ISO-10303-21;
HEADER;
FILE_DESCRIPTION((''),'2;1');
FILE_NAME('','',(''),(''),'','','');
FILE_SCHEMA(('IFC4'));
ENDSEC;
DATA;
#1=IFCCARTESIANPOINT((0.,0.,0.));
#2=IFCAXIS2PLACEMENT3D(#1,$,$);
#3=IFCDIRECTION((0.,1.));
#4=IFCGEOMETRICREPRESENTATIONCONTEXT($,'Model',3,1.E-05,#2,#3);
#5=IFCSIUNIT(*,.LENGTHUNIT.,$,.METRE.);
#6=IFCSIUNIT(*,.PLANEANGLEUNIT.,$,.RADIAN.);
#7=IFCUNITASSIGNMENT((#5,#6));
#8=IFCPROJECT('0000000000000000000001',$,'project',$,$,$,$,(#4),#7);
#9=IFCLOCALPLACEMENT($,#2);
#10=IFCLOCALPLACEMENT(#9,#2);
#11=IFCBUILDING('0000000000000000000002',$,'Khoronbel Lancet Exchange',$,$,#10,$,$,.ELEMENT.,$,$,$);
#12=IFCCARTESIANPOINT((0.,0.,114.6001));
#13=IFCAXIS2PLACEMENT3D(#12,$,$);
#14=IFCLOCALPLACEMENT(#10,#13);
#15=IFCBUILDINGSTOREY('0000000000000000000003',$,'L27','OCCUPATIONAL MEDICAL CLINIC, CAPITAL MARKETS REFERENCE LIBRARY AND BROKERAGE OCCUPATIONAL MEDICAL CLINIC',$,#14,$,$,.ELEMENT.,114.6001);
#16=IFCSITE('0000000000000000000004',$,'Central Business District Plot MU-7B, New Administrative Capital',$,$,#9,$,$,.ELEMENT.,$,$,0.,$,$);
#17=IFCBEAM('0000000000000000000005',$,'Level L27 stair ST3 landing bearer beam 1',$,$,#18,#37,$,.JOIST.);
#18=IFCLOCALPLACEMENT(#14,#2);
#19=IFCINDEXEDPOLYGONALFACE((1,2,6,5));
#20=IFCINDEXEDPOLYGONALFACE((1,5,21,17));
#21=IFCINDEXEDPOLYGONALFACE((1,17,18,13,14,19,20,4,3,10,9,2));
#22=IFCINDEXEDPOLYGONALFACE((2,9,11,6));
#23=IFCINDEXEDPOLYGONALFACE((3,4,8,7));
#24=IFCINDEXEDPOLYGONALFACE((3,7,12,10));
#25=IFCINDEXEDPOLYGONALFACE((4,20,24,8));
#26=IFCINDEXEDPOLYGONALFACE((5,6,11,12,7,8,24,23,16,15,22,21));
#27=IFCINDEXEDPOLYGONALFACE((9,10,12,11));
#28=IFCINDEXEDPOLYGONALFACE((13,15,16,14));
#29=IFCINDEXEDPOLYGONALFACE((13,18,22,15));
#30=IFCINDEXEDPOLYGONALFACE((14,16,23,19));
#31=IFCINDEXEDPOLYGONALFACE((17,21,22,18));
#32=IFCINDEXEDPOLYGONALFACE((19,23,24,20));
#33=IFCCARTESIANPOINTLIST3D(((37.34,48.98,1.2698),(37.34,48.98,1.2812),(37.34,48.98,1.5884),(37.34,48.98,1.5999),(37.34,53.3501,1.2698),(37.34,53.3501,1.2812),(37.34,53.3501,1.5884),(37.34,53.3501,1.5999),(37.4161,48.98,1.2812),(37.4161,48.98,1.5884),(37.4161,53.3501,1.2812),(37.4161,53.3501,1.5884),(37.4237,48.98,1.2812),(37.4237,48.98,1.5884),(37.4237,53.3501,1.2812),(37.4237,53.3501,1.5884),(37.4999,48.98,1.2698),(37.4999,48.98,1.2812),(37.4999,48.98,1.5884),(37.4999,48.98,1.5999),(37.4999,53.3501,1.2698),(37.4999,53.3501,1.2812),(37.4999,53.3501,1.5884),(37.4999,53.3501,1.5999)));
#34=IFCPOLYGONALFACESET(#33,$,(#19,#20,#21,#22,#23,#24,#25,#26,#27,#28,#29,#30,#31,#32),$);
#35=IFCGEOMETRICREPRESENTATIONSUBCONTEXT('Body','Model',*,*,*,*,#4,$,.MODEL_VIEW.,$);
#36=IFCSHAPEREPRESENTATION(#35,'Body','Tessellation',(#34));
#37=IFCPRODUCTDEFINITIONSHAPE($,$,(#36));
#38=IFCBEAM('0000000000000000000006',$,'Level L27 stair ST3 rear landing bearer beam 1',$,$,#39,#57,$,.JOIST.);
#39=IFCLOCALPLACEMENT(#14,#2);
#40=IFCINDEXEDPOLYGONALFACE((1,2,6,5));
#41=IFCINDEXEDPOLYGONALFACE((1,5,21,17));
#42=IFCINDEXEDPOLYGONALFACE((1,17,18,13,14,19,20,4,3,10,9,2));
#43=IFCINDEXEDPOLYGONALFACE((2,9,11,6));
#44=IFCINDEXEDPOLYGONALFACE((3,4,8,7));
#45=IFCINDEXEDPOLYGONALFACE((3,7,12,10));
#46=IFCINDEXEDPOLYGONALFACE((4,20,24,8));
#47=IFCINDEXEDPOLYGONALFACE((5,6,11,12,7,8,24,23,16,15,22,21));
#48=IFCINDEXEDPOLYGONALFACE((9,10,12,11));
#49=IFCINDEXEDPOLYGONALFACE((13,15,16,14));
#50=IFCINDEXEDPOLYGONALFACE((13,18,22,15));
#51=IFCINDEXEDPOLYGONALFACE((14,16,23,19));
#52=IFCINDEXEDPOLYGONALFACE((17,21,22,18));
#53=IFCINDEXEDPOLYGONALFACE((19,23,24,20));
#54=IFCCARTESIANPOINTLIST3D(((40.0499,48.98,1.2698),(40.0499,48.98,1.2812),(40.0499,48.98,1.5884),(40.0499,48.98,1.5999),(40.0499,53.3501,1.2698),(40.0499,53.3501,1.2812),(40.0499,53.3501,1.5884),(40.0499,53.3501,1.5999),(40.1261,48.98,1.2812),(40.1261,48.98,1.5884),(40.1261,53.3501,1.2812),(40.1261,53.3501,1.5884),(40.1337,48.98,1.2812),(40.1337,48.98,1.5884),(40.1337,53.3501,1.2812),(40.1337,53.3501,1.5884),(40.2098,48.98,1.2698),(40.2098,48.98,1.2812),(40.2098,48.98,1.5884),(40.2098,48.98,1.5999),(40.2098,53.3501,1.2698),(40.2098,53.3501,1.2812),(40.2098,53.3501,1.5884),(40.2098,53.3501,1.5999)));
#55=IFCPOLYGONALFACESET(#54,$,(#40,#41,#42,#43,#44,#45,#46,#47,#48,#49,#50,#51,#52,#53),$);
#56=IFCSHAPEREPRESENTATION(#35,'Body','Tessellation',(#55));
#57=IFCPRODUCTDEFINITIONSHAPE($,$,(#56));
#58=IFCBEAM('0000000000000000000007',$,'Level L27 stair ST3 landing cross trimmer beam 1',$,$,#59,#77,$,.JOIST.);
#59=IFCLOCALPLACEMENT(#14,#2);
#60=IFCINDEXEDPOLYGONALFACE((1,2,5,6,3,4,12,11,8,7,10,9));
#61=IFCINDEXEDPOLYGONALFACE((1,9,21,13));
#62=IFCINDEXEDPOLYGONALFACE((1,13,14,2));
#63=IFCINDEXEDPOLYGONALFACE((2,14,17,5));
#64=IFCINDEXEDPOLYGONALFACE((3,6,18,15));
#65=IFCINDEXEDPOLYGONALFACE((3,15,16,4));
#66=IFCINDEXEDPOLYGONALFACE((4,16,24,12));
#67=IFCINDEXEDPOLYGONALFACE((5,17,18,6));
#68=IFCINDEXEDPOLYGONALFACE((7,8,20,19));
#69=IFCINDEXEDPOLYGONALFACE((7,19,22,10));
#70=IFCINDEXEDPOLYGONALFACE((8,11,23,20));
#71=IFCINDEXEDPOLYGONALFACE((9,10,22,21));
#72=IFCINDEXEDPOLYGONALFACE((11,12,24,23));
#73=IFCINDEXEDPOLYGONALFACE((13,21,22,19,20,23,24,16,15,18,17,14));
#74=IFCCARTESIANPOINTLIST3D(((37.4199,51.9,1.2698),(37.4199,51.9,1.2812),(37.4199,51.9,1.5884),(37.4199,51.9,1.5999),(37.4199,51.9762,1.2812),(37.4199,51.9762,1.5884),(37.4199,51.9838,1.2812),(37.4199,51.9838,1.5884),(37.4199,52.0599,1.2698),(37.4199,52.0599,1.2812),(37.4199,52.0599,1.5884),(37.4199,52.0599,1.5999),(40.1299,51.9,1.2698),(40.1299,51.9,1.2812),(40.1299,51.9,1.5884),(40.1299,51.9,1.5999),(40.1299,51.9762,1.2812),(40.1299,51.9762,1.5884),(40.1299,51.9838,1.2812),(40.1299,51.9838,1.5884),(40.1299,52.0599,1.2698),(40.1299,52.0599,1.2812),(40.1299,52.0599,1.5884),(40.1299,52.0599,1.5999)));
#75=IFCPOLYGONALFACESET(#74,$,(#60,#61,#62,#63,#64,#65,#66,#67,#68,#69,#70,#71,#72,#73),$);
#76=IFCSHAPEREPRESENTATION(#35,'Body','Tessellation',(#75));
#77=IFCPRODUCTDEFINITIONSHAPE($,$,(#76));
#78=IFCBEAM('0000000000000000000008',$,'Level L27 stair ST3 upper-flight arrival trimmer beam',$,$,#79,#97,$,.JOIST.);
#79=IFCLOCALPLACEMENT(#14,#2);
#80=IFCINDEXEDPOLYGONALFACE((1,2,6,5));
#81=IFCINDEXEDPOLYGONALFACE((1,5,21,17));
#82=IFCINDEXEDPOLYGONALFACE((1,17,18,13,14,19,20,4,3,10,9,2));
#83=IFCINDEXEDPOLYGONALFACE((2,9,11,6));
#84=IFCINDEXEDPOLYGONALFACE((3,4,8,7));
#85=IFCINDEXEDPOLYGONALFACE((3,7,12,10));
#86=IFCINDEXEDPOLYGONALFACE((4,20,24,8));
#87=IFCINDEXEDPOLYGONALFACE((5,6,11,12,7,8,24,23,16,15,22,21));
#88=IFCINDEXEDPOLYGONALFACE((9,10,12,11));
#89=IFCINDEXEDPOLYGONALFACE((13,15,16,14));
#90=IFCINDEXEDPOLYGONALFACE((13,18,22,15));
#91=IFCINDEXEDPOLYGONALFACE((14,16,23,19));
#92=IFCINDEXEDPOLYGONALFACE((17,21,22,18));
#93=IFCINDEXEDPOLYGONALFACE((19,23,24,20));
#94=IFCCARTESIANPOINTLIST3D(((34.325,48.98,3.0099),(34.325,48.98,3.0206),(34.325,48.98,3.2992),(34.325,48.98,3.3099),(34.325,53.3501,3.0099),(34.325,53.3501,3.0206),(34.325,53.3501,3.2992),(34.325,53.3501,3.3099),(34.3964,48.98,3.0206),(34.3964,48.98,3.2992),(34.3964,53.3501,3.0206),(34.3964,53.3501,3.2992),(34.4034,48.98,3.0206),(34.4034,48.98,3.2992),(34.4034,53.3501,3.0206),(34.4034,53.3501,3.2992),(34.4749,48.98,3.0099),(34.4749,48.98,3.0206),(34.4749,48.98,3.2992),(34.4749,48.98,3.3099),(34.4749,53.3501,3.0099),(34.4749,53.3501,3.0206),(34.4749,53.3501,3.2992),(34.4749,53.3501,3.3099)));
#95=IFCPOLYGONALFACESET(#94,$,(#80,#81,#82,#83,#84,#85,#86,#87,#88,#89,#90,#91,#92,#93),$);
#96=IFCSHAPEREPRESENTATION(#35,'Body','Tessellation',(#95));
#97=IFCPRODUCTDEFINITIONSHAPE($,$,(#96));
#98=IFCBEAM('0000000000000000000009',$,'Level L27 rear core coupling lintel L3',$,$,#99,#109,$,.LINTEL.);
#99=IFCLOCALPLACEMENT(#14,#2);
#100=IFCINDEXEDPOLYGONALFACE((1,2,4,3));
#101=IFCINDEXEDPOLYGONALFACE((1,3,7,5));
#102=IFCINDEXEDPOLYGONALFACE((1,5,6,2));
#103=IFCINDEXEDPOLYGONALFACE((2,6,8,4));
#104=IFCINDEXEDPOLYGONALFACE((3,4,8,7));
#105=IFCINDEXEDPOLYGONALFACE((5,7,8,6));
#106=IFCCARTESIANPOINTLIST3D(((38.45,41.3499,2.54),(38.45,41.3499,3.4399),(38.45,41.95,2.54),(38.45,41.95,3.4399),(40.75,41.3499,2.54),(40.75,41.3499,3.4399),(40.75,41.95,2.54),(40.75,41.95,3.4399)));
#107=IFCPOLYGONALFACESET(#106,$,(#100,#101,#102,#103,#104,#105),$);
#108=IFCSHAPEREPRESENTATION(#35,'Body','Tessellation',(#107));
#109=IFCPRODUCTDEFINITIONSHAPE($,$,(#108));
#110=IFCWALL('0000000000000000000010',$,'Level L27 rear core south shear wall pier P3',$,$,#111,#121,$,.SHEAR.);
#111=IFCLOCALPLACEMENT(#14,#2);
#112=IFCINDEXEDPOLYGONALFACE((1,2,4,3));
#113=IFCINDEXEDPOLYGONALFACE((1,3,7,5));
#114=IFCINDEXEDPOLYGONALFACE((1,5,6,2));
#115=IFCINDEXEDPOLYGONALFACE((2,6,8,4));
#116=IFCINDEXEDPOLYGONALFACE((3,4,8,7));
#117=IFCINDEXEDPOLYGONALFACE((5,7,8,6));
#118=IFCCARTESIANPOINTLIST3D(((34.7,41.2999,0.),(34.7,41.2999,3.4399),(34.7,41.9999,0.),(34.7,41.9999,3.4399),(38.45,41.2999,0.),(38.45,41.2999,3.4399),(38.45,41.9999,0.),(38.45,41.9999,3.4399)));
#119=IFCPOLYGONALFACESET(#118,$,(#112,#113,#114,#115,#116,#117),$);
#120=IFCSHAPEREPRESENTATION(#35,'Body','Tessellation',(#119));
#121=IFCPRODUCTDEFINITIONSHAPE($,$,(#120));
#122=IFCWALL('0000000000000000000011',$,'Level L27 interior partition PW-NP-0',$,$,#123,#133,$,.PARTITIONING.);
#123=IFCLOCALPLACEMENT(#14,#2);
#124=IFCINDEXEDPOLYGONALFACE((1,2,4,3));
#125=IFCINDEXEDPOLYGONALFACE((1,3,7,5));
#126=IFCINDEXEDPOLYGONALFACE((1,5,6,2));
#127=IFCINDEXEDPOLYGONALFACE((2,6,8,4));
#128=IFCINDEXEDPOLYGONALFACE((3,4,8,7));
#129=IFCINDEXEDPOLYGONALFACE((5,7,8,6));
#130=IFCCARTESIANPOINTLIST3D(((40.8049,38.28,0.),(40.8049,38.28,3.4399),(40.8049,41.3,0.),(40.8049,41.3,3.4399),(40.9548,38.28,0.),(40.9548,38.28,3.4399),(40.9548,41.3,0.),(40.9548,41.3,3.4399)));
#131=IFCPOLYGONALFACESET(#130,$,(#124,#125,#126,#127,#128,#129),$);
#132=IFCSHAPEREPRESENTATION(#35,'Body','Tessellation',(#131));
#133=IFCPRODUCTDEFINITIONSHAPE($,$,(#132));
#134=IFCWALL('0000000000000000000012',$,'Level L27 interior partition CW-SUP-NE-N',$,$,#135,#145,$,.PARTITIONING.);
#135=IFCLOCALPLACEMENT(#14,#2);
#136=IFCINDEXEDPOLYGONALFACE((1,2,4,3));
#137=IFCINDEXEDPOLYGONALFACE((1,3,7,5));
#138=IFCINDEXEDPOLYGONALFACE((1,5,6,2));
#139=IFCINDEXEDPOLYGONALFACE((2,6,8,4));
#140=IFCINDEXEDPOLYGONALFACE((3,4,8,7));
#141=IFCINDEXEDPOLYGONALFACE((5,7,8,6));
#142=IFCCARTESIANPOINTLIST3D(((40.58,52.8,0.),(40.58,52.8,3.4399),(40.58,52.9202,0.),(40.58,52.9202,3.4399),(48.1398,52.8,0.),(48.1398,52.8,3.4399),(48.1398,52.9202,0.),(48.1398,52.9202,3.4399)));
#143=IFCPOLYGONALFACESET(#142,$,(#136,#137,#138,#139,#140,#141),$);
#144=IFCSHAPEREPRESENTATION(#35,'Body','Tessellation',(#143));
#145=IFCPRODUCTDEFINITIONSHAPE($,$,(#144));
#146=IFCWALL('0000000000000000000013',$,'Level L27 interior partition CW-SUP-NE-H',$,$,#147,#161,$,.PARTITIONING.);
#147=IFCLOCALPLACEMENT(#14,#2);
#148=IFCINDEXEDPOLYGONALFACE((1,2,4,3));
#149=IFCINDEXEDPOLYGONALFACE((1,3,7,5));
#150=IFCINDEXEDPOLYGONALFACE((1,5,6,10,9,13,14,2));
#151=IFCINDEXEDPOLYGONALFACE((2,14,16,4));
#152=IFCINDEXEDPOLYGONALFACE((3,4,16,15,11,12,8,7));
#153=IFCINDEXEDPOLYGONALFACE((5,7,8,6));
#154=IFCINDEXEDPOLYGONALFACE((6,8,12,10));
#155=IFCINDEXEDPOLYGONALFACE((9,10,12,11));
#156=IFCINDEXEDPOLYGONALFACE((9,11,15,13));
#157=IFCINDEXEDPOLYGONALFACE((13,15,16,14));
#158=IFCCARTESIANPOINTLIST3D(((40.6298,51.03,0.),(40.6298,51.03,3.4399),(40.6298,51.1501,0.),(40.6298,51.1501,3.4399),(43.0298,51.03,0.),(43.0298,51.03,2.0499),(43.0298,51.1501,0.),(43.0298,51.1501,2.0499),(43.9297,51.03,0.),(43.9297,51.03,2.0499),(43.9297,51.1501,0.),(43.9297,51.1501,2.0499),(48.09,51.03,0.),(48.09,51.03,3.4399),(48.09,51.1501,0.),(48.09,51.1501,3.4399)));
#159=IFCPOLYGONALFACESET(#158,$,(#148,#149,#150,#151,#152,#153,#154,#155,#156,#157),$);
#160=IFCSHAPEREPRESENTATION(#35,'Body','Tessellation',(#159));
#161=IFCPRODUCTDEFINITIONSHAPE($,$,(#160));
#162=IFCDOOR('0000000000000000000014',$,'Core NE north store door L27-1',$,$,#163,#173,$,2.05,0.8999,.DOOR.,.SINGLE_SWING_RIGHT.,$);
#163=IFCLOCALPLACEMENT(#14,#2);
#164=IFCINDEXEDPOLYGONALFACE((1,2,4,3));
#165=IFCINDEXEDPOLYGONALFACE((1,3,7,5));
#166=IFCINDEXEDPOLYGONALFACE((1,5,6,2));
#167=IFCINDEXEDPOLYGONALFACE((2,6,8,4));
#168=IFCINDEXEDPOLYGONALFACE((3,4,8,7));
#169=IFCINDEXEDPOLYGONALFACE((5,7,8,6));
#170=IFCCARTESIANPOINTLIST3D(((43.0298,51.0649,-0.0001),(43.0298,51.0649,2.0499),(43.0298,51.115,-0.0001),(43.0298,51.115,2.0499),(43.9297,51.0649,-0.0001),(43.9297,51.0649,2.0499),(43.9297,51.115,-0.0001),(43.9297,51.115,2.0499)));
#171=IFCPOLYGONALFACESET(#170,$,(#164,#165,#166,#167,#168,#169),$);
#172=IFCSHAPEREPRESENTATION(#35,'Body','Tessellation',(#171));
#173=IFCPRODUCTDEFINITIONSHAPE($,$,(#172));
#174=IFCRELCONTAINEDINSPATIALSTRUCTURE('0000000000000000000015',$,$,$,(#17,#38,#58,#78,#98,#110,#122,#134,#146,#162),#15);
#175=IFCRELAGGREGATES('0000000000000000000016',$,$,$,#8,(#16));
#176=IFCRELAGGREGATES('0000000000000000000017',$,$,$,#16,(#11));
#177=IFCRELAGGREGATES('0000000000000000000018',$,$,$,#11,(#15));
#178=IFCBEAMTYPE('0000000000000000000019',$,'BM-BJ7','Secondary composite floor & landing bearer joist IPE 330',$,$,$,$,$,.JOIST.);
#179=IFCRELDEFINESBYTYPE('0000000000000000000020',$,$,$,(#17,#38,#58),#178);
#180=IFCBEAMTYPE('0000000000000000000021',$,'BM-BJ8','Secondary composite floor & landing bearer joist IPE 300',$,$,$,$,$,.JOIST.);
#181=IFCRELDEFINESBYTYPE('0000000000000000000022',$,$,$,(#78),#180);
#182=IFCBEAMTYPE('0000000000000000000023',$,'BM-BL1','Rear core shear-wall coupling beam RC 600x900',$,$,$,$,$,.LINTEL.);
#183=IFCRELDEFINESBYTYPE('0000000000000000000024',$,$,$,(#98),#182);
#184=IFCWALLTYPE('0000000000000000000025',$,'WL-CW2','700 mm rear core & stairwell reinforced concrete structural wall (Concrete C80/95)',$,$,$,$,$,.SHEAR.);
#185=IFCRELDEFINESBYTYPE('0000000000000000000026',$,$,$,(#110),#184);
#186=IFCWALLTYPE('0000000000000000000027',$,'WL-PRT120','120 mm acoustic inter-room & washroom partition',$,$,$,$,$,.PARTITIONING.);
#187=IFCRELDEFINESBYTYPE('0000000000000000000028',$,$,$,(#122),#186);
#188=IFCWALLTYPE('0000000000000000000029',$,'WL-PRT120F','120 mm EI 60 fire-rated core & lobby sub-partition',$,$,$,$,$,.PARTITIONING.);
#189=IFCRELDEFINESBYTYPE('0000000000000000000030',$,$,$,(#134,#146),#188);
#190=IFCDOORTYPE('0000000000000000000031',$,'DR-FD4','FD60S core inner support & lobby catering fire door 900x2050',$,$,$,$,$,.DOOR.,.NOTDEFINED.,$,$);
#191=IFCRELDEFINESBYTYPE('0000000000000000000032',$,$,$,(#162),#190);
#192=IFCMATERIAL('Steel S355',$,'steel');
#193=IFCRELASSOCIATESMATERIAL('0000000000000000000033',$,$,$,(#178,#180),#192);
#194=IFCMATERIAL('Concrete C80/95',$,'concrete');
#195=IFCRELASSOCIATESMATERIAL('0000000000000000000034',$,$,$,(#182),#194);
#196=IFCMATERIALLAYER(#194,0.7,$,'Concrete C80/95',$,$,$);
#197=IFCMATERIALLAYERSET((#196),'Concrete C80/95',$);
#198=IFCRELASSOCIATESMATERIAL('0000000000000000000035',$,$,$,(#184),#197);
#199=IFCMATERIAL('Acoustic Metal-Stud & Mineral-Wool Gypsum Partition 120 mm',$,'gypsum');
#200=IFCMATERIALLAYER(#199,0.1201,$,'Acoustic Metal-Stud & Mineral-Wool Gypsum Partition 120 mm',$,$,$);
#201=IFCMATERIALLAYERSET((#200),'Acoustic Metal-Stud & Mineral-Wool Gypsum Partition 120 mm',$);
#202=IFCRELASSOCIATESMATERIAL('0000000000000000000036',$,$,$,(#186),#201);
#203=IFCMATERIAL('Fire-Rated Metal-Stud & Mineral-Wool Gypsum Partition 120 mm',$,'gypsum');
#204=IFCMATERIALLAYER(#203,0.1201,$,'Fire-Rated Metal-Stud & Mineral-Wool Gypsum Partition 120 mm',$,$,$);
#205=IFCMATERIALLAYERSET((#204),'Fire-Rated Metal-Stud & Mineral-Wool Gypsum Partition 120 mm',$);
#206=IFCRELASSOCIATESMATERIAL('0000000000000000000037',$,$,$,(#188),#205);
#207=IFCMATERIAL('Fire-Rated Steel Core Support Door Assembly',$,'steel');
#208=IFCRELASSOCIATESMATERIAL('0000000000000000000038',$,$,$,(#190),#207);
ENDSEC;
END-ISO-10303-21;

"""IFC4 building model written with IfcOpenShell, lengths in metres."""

from ifc_helpers import new_model, si_unit, direction, frame, frame_2d, origin, origin_2d, place, context, subcontext, project, spatial, rectangle, i_section, extrude, material, layer, layer_set, material_profile, profile_set, type_object, element, fill, save


model = new_model("IFC4")

# Units and contexts
model_context = context("Model", 3, precision=1e-05, world=origin(), true_north=direction((0.0, 1.0)))
body_context = subcontext(model_context, "Body", "Model", "MODEL_VIEW")
ifc_project = project(units=[si_unit("LENGTHUNIT", "METRE"), si_unit("PLANEANGLEUNIT", "RADIAN")], contexts=[model_context])

# Site, building, storey
site_placement = place(None, origin())
site = spatial("IfcSite", under=ifc_project, at=site_placement, Name="Central Business District Plot MU-7B, New Administrative Capital", CompositionType="ELEMENT", RefElevation=0.0)
building_placement = place(site_placement, origin())
building = spatial("IfcBuilding", under=site, at=building_placement, Name="Khoronbel Lancet Exchange", CompositionType="ELEMENT")
storey_placement = place(building_placement, frame((0.0, 0.0, 114.6001)))
storey = spatial("IfcBuildingStorey", under=building, at=storey_placement, Name="L27", Description="OCCUPATIONAL MEDICAL CLINIC, CAPITAL MARKETS REFERENCE LIBRARY AND BROKERAGE OCCUPATIONAL MEDICAL CLINIC", CompositionType="ELEMENT", Elevation=114.6001)

# Beams
ifc_material_1 = material(Name="Steel S355", Category="steel")
ifc_material_profile_1 = material_profile(ifc_material_1, i_section(OverallWidth=0.1599, OverallDepth=0.3301, WebThickness=0.0076, FlangeThickness=0.0115, at=origin_2d()), Name="IPE 330")
ifc_profile_set_1 = profile_set([ifc_material_profile_1], Name="Steel S355")
beam_type_1 = type_object("IfcBeamType", Name="BM-BJ7", Description="Secondary composite floor & landing bearer joist IPE 330", PredefinedType="JOIST", material=ifc_profile_set_1)
for number, where, z_axis, x_axis, name in (
    (1, (37.4199, 48.98, 1.4348), (0.0, 1.0, 0.0), (-1.0, 0.0, 0.0), "Level L27 stair ST3 landing bearer beam 1"),
    (2, (40.1299, 48.98, 1.4348), (0.0, 1.0, 0.0), (-1.0, 0.0, 0.0), "Level L27 stair ST3 rear landing bearer beam 1"),
):
    element("IfcBeam", number, at=place(storey_placement, frame(where, z_axis=z_axis, x_axis=x_axis)), inside=storey, type_object=beam_type_1, Name=name, PredefinedType="JOIST", context=body_context, shape_type="SweptSolid", body=[
        extrude(i_section(OverallWidth=0.1599, OverallDepth=0.3301, WebThickness=0.0076, FlangeThickness=0.0115, at=origin_2d()), origin(), (0.0, 0.0, 1.0), 4.3701),
    ])
beam_1_placement = place(storey_placement, frame((37.4199, 51.98, 1.4348), z_axis=(1.0, 0.0, 0.0), x_axis=(0.0, 1.0, 0.0)))
element("IfcBeam", 3, at=beam_1_placement, inside=storey, type_object=beam_type_1, Name="Level L27 stair ST3 landing cross trimmer beam 1", PredefinedType="JOIST", context=body_context, shape_type="SweptSolid", body=[
    extrude(i_section(OverallWidth=0.1599, OverallDepth=0.3301, WebThickness=0.0076, FlangeThickness=0.0115, at=origin_2d()), origin(), (0.0, 0.0, 1.0), 2.71),
])
ifc_material_profile_2 = material_profile(ifc_material_1, i_section(OverallWidth=0.1499, OverallDepth=0.3, WebThickness=0.0071, FlangeThickness=0.0107, at=origin_2d()), Name="IPE 300")
ifc_profile_set_2 = profile_set([ifc_material_profile_2], Name="Steel S355")
beam_type_2 = type_object("IfcBeamType", Name="BM-BJ8", Description="Secondary composite floor & landing bearer joist IPE 300", PredefinedType="JOIST", material=ifc_profile_set_2)
beam_2_placement = place(storey_placement, frame((34.3999, 48.98, 3.1599), z_axis=(0.0, 1.0, 0.0), x_axis=(-1.0, 0.0, 0.0)))
element("IfcBeam", 4, at=beam_2_placement, inside=storey, type_object=beam_type_2, Name="Level L27 stair ST3 upper-flight arrival trimmer beam", PredefinedType="JOIST", context=body_context, shape_type="SweptSolid", body=[
    extrude(i_section(OverallWidth=0.1499, OverallDepth=0.3, WebThickness=0.0071, FlangeThickness=0.0107, at=origin_2d()), origin(), (0.0, 0.0, 1.0), 4.3701),
])
ifc_material_2 = material(Name="Concrete C80/95", Category="concrete")
ifc_material_profile_3 = material_profile(ifc_material_2, rectangle(XDim=0.6001, YDim=0.8999, at=origin_2d()), Name="RC 600x900")
ifc_profile_set_3 = profile_set([ifc_material_profile_3], Name="Concrete C80/95")
beam_type_3 = type_object("IfcBeamType", Name="BM-BL1", Description="Rear core shear-wall coupling beam RC 600x900", PredefinedType="LINTEL", material=ifc_profile_set_3)
beam_3_placement = place(storey_placement, frame((38.45, 41.6499, 2.99), z_axis=(1.0, 0.0, 0.0), x_axis=(0.0, 1.0, 0.0)))
element("IfcBeam", 5, at=beam_3_placement, inside=storey, type_object=beam_type_3, Name="Level L27 rear core coupling lintel L3", PredefinedType="LINTEL", context=body_context, shape_type="SweptSolid", body=[
    extrude(rectangle(XDim=0.6001, YDim=0.8999, at=origin_2d()), origin(), (0.0, 0.0, 1.0), 2.3),
])

# Walls
ifc_layer_1 = layer(ifc_material_2, 0.7, Name="Concrete C80/95")
ifc_layer_set_1 = layer_set([ifc_layer_1], Name="Concrete C80/95")
wall_type_1 = type_object("IfcWallType", Name="WL-CW2", Description="700 mm rear core & stairwell reinforced concrete structural wall (Concrete C80/95)", PredefinedType="SHEAR", material=ifc_layer_set_1)
wall_1_placement = place(storey_placement, frame((38.45, 41.6499, 0.0), z_axis=(0.0, 0.0, 1.0), x_axis=(-1.0, 0.0, 0.0)))
element("IfcWall", 6, at=wall_1_placement, inside=storey, type_object=wall_type_1, Name="Level L27 rear core south shear wall pier P3", PredefinedType="SHEAR", context=body_context, shape_type="SweptSolid", body=[
    extrude(rectangle(XDim=3.75, YDim=0.7, at=frame_2d((1.875, 0.0))), origin(), (0.0, 0.0, 1.0), 3.4399),
])
ifc_material_3 = material(Name="Acoustic Metal-Stud & Mineral-Wool Gypsum Partition 120 mm", Category="gypsum")
ifc_layer_2 = layer(ifc_material_3, 0.1201, Name="Acoustic Metal-Stud & Mineral-Wool Gypsum Partition 120 mm")
ifc_layer_set_2 = layer_set([ifc_layer_2], Name="Acoustic Metal-Stud & Mineral-Wool Gypsum Partition 120 mm")
wall_type_2 = type_object("IfcWallType", Name="WL-PRT120", Description="120 mm acoustic inter-room & washroom partition", PredefinedType="PARTITIONING", material=ifc_layer_set_2)
wall_2_placement = place(storey_placement, frame((40.8799, 38.28, 0.0), z_axis=(0.0, 0.0, 1.0), x_axis=(0.0, 1.0, 0.0)))
element("IfcWall", 7, at=wall_2_placement, inside=storey, type_object=wall_type_2, Name="Level L27 interior partition PW-NP-0", PredefinedType="PARTITIONING", context=body_context, shape_type="SweptSolid", body=[
    extrude(rectangle(XDim=3.02, YDim=0.1499, at=frame_2d((1.51, 0.0))), origin(), (0.0, 0.0, 1.0), 3.4399),
])
ifc_material_4 = material(Name="Fire-Rated Metal-Stud & Mineral-Wool Gypsum Partition 120 mm", Category="gypsum")
ifc_layer_3 = layer(ifc_material_4, 0.1201, Name="Fire-Rated Metal-Stud & Mineral-Wool Gypsum Partition 120 mm")
ifc_layer_set_3 = layer_set([ifc_layer_3], Name="Fire-Rated Metal-Stud & Mineral-Wool Gypsum Partition 120 mm")
wall_type_3 = type_object("IfcWallType", Name="WL-PRT120F", Description="120 mm EI 60 fire-rated core & lobby sub-partition", PredefinedType="PARTITIONING", material=ifc_layer_set_3)
wall_3_placement = place(storey_placement, frame((40.5801, 52.8601, 0.0), z_axis=(0.0, 0.0, 1.0), x_axis=(1.0, 0.0, 0.0)))
element("IfcWall", 8, at=wall_3_placement, inside=storey, type_object=wall_type_3, Name="Level L27 interior partition CW-SUP-NE-N", PredefinedType="PARTITIONING", context=body_context, shape_type="SweptSolid", body=[
    extrude(rectangle(XDim=7.5598, YDim=0.1201, at=frame_2d((3.7798, 0.0))), origin(), (0.0, 0.0, 1.0), 3.4399),
])

# Wall, opening, door
wall_4_placement = place(storey_placement, frame((40.6299, 51.0901, 0.0), z_axis=(0.0, 0.0, 1.0), x_axis=(1.0, 0.0, 0.0)))
wall_4 = element("IfcWall", 9, at=wall_4_placement, inside=storey, type_object=wall_type_3, Name="Level L27 interior partition CW-SUP-NE-H", PredefinedType="PARTITIONING", context=body_context, shape_type="SweptSolid", body=[
    extrude(rectangle(XDim=7.4602, YDim=0.1201, at=frame_2d((3.73, 0.0))), origin(), (0.0, 0.0, 1.0), 3.4399),
])
opening_1_placement = place(wall_4_placement, frame((2.3999, 0.0, 0.0)))
opening_1 = element("IfcOpeningElement", 10, at=opening_1_placement, cuts=wall_4, PredefinedType="OPENING", context=body_context, shape_type="SweptSolid", body=[
    extrude(rectangle(XDim=0.8999, YDim=2.05, at=frame_2d((0.45, 1.0249))), frame((0.0, 0.0701, 0.0), z_axis=(0.0, -1.0, 0.0), x_axis=(1.0, 0.0, 0.0)), (0.0, 0.0, 1.0), 0.1401),
])
ifc_material_5 = material(Name="Fire-Rated Steel Core Support Door Assembly", Category="steel")
door_type_1 = type_object("IfcDoorType", Name="DR-FD4", Description="FD60S core inner support & lobby catering fire door 900x2050", OperationType="NOTDEFINED", PredefinedType="DOOR", material=ifc_material_5)
door_1_placement = place(opening_1_placement, origin())
door_1 = element("IfcDoor", 11, at=door_1_placement, inside=storey, type_object=door_type_1, Name="Core NE north store door L27-1", OperationType="SINGLE_SWING_RIGHT", OverallHeight=2.05, OverallWidth=0.8999, PredefinedType="DOOR", context=body_context, shape_type="SweptSolid", body=[
    extrude(rectangle(XDim=0.8999, YDim=2.05, at=frame_2d((0.45, 1.0249))), frame((0.0, 0.0249, 0.0), z_axis=(0.0, -1.0, 0.0), x_axis=(1.0, 0.0, 0.0)), (0.0, 0.0, 1.0), 0.05),
])
fill(opening_1, door_1)

save(model, "model.ifc")
